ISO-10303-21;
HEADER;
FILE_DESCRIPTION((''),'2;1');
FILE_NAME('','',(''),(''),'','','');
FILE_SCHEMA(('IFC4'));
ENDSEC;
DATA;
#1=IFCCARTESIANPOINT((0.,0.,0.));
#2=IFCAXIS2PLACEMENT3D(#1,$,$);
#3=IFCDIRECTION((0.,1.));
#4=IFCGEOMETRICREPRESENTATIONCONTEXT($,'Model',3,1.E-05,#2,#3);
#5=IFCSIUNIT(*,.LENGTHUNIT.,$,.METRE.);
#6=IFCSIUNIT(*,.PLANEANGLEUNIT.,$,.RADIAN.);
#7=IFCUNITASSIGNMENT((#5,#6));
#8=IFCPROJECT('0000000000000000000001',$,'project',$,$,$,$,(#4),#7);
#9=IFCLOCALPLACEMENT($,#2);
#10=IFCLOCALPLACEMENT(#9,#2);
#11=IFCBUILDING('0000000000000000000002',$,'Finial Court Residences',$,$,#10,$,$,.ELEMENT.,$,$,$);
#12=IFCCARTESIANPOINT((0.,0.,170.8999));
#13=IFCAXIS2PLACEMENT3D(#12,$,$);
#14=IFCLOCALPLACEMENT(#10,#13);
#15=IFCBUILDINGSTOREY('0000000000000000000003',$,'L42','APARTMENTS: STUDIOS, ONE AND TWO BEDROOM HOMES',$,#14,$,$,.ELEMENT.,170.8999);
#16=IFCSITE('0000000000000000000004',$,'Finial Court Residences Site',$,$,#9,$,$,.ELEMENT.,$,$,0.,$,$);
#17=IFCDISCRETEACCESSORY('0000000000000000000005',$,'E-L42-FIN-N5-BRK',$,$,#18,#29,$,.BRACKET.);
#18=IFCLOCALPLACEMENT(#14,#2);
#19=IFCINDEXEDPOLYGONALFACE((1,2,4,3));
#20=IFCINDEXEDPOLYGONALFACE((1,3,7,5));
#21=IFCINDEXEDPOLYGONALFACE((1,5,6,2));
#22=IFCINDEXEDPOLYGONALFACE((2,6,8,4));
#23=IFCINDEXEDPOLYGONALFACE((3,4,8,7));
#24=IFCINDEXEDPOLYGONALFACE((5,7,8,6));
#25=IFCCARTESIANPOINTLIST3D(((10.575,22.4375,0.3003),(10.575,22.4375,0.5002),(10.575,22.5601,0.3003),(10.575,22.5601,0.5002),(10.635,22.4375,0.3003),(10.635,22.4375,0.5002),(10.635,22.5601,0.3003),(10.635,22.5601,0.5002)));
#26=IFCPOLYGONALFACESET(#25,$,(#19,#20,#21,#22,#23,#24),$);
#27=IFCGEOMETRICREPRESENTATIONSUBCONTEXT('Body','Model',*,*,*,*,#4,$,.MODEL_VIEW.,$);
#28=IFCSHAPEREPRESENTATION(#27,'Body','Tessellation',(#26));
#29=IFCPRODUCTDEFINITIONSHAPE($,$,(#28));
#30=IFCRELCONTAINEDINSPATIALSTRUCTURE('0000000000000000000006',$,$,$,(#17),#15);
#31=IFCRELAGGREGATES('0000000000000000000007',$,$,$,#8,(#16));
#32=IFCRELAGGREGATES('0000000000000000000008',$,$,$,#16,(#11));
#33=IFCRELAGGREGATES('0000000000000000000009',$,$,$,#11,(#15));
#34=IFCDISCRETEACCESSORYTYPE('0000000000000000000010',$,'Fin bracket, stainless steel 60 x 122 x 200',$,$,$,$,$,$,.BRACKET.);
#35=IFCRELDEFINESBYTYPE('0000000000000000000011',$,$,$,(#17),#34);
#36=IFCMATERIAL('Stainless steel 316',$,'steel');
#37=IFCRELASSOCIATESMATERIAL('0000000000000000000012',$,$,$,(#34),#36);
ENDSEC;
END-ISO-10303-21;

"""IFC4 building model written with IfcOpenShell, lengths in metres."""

from ifc_helpers import new_model, si_unit, direction, frame, origin, origin_2d, place, context, subcontext, project, spatial, rectangle, extrude, material, type_object, element, save


model = new_model("IFC4")

# Units and contexts
model_context = context("Model", 3, precision=1e-05, world=origin(), true_north=direction((0.0, 1.0)))
body_context = subcontext(model_context, "Body", "Model", "MODEL_VIEW")
ifc_project = project(units=[si_unit("LENGTHUNIT", "METRE"), si_unit("PLANEANGLEUNIT", "RADIAN")], contexts=[model_context])

# Site, building, storey
site_placement = place(None, origin())
site = spatial("IfcSite", under=ifc_project, at=site_placement, Name="Finial Court Residences Site", CompositionType="ELEMENT", RefElevation=0.0)
building_placement = place(site_placement, origin())
building = spatial("IfcBuilding", under=site, at=building_placement, Name="Finial Court Residences", CompositionType="ELEMENT")
storey_placement = place(building_placement, frame((0.0, 0.0, 170.8999)))
storey = spatial("IfcBuildingStorey", under=building, at=storey_placement, Name="L42", Description="APARTMENTS: STUDIOS, ONE AND TWO BEDROOM HOMES", CompositionType="ELEMENT", Elevation=170.8999)

# Discrete accessory
ifc_material_1 = material(Name="Stainless steel 316", Category="steel")
discrete_accessory_type = type_object("IfcDiscreteAccessoryType", Name="Fin bracket, stainless steel 60 x 122 x 200", PredefinedType="BRACKET", material=ifc_material_1)
discrete_accessory_placement = place(storey_placement, frame((10.605, 22.4988, 0.3003), z_axis=(0.0, 0.0, 1.0), x_axis=(1.0, 0.0, 0.0)))
element("IfcDiscreteAccessory", 1, at=discrete_accessory_placement, inside=storey, type_object=discrete_accessory_type, Name="E-L42-FIN-N5-BRK", PredefinedType="BRACKET", context=body_context, shape_type="SweptSolid", body=[
    extrude(rectangle(XDim=0.0601, YDim=0.1226, at=origin_2d()), origin(), (0.0, 0.0, 1.0), 0.2),
])

save(model, "model.ifc")
